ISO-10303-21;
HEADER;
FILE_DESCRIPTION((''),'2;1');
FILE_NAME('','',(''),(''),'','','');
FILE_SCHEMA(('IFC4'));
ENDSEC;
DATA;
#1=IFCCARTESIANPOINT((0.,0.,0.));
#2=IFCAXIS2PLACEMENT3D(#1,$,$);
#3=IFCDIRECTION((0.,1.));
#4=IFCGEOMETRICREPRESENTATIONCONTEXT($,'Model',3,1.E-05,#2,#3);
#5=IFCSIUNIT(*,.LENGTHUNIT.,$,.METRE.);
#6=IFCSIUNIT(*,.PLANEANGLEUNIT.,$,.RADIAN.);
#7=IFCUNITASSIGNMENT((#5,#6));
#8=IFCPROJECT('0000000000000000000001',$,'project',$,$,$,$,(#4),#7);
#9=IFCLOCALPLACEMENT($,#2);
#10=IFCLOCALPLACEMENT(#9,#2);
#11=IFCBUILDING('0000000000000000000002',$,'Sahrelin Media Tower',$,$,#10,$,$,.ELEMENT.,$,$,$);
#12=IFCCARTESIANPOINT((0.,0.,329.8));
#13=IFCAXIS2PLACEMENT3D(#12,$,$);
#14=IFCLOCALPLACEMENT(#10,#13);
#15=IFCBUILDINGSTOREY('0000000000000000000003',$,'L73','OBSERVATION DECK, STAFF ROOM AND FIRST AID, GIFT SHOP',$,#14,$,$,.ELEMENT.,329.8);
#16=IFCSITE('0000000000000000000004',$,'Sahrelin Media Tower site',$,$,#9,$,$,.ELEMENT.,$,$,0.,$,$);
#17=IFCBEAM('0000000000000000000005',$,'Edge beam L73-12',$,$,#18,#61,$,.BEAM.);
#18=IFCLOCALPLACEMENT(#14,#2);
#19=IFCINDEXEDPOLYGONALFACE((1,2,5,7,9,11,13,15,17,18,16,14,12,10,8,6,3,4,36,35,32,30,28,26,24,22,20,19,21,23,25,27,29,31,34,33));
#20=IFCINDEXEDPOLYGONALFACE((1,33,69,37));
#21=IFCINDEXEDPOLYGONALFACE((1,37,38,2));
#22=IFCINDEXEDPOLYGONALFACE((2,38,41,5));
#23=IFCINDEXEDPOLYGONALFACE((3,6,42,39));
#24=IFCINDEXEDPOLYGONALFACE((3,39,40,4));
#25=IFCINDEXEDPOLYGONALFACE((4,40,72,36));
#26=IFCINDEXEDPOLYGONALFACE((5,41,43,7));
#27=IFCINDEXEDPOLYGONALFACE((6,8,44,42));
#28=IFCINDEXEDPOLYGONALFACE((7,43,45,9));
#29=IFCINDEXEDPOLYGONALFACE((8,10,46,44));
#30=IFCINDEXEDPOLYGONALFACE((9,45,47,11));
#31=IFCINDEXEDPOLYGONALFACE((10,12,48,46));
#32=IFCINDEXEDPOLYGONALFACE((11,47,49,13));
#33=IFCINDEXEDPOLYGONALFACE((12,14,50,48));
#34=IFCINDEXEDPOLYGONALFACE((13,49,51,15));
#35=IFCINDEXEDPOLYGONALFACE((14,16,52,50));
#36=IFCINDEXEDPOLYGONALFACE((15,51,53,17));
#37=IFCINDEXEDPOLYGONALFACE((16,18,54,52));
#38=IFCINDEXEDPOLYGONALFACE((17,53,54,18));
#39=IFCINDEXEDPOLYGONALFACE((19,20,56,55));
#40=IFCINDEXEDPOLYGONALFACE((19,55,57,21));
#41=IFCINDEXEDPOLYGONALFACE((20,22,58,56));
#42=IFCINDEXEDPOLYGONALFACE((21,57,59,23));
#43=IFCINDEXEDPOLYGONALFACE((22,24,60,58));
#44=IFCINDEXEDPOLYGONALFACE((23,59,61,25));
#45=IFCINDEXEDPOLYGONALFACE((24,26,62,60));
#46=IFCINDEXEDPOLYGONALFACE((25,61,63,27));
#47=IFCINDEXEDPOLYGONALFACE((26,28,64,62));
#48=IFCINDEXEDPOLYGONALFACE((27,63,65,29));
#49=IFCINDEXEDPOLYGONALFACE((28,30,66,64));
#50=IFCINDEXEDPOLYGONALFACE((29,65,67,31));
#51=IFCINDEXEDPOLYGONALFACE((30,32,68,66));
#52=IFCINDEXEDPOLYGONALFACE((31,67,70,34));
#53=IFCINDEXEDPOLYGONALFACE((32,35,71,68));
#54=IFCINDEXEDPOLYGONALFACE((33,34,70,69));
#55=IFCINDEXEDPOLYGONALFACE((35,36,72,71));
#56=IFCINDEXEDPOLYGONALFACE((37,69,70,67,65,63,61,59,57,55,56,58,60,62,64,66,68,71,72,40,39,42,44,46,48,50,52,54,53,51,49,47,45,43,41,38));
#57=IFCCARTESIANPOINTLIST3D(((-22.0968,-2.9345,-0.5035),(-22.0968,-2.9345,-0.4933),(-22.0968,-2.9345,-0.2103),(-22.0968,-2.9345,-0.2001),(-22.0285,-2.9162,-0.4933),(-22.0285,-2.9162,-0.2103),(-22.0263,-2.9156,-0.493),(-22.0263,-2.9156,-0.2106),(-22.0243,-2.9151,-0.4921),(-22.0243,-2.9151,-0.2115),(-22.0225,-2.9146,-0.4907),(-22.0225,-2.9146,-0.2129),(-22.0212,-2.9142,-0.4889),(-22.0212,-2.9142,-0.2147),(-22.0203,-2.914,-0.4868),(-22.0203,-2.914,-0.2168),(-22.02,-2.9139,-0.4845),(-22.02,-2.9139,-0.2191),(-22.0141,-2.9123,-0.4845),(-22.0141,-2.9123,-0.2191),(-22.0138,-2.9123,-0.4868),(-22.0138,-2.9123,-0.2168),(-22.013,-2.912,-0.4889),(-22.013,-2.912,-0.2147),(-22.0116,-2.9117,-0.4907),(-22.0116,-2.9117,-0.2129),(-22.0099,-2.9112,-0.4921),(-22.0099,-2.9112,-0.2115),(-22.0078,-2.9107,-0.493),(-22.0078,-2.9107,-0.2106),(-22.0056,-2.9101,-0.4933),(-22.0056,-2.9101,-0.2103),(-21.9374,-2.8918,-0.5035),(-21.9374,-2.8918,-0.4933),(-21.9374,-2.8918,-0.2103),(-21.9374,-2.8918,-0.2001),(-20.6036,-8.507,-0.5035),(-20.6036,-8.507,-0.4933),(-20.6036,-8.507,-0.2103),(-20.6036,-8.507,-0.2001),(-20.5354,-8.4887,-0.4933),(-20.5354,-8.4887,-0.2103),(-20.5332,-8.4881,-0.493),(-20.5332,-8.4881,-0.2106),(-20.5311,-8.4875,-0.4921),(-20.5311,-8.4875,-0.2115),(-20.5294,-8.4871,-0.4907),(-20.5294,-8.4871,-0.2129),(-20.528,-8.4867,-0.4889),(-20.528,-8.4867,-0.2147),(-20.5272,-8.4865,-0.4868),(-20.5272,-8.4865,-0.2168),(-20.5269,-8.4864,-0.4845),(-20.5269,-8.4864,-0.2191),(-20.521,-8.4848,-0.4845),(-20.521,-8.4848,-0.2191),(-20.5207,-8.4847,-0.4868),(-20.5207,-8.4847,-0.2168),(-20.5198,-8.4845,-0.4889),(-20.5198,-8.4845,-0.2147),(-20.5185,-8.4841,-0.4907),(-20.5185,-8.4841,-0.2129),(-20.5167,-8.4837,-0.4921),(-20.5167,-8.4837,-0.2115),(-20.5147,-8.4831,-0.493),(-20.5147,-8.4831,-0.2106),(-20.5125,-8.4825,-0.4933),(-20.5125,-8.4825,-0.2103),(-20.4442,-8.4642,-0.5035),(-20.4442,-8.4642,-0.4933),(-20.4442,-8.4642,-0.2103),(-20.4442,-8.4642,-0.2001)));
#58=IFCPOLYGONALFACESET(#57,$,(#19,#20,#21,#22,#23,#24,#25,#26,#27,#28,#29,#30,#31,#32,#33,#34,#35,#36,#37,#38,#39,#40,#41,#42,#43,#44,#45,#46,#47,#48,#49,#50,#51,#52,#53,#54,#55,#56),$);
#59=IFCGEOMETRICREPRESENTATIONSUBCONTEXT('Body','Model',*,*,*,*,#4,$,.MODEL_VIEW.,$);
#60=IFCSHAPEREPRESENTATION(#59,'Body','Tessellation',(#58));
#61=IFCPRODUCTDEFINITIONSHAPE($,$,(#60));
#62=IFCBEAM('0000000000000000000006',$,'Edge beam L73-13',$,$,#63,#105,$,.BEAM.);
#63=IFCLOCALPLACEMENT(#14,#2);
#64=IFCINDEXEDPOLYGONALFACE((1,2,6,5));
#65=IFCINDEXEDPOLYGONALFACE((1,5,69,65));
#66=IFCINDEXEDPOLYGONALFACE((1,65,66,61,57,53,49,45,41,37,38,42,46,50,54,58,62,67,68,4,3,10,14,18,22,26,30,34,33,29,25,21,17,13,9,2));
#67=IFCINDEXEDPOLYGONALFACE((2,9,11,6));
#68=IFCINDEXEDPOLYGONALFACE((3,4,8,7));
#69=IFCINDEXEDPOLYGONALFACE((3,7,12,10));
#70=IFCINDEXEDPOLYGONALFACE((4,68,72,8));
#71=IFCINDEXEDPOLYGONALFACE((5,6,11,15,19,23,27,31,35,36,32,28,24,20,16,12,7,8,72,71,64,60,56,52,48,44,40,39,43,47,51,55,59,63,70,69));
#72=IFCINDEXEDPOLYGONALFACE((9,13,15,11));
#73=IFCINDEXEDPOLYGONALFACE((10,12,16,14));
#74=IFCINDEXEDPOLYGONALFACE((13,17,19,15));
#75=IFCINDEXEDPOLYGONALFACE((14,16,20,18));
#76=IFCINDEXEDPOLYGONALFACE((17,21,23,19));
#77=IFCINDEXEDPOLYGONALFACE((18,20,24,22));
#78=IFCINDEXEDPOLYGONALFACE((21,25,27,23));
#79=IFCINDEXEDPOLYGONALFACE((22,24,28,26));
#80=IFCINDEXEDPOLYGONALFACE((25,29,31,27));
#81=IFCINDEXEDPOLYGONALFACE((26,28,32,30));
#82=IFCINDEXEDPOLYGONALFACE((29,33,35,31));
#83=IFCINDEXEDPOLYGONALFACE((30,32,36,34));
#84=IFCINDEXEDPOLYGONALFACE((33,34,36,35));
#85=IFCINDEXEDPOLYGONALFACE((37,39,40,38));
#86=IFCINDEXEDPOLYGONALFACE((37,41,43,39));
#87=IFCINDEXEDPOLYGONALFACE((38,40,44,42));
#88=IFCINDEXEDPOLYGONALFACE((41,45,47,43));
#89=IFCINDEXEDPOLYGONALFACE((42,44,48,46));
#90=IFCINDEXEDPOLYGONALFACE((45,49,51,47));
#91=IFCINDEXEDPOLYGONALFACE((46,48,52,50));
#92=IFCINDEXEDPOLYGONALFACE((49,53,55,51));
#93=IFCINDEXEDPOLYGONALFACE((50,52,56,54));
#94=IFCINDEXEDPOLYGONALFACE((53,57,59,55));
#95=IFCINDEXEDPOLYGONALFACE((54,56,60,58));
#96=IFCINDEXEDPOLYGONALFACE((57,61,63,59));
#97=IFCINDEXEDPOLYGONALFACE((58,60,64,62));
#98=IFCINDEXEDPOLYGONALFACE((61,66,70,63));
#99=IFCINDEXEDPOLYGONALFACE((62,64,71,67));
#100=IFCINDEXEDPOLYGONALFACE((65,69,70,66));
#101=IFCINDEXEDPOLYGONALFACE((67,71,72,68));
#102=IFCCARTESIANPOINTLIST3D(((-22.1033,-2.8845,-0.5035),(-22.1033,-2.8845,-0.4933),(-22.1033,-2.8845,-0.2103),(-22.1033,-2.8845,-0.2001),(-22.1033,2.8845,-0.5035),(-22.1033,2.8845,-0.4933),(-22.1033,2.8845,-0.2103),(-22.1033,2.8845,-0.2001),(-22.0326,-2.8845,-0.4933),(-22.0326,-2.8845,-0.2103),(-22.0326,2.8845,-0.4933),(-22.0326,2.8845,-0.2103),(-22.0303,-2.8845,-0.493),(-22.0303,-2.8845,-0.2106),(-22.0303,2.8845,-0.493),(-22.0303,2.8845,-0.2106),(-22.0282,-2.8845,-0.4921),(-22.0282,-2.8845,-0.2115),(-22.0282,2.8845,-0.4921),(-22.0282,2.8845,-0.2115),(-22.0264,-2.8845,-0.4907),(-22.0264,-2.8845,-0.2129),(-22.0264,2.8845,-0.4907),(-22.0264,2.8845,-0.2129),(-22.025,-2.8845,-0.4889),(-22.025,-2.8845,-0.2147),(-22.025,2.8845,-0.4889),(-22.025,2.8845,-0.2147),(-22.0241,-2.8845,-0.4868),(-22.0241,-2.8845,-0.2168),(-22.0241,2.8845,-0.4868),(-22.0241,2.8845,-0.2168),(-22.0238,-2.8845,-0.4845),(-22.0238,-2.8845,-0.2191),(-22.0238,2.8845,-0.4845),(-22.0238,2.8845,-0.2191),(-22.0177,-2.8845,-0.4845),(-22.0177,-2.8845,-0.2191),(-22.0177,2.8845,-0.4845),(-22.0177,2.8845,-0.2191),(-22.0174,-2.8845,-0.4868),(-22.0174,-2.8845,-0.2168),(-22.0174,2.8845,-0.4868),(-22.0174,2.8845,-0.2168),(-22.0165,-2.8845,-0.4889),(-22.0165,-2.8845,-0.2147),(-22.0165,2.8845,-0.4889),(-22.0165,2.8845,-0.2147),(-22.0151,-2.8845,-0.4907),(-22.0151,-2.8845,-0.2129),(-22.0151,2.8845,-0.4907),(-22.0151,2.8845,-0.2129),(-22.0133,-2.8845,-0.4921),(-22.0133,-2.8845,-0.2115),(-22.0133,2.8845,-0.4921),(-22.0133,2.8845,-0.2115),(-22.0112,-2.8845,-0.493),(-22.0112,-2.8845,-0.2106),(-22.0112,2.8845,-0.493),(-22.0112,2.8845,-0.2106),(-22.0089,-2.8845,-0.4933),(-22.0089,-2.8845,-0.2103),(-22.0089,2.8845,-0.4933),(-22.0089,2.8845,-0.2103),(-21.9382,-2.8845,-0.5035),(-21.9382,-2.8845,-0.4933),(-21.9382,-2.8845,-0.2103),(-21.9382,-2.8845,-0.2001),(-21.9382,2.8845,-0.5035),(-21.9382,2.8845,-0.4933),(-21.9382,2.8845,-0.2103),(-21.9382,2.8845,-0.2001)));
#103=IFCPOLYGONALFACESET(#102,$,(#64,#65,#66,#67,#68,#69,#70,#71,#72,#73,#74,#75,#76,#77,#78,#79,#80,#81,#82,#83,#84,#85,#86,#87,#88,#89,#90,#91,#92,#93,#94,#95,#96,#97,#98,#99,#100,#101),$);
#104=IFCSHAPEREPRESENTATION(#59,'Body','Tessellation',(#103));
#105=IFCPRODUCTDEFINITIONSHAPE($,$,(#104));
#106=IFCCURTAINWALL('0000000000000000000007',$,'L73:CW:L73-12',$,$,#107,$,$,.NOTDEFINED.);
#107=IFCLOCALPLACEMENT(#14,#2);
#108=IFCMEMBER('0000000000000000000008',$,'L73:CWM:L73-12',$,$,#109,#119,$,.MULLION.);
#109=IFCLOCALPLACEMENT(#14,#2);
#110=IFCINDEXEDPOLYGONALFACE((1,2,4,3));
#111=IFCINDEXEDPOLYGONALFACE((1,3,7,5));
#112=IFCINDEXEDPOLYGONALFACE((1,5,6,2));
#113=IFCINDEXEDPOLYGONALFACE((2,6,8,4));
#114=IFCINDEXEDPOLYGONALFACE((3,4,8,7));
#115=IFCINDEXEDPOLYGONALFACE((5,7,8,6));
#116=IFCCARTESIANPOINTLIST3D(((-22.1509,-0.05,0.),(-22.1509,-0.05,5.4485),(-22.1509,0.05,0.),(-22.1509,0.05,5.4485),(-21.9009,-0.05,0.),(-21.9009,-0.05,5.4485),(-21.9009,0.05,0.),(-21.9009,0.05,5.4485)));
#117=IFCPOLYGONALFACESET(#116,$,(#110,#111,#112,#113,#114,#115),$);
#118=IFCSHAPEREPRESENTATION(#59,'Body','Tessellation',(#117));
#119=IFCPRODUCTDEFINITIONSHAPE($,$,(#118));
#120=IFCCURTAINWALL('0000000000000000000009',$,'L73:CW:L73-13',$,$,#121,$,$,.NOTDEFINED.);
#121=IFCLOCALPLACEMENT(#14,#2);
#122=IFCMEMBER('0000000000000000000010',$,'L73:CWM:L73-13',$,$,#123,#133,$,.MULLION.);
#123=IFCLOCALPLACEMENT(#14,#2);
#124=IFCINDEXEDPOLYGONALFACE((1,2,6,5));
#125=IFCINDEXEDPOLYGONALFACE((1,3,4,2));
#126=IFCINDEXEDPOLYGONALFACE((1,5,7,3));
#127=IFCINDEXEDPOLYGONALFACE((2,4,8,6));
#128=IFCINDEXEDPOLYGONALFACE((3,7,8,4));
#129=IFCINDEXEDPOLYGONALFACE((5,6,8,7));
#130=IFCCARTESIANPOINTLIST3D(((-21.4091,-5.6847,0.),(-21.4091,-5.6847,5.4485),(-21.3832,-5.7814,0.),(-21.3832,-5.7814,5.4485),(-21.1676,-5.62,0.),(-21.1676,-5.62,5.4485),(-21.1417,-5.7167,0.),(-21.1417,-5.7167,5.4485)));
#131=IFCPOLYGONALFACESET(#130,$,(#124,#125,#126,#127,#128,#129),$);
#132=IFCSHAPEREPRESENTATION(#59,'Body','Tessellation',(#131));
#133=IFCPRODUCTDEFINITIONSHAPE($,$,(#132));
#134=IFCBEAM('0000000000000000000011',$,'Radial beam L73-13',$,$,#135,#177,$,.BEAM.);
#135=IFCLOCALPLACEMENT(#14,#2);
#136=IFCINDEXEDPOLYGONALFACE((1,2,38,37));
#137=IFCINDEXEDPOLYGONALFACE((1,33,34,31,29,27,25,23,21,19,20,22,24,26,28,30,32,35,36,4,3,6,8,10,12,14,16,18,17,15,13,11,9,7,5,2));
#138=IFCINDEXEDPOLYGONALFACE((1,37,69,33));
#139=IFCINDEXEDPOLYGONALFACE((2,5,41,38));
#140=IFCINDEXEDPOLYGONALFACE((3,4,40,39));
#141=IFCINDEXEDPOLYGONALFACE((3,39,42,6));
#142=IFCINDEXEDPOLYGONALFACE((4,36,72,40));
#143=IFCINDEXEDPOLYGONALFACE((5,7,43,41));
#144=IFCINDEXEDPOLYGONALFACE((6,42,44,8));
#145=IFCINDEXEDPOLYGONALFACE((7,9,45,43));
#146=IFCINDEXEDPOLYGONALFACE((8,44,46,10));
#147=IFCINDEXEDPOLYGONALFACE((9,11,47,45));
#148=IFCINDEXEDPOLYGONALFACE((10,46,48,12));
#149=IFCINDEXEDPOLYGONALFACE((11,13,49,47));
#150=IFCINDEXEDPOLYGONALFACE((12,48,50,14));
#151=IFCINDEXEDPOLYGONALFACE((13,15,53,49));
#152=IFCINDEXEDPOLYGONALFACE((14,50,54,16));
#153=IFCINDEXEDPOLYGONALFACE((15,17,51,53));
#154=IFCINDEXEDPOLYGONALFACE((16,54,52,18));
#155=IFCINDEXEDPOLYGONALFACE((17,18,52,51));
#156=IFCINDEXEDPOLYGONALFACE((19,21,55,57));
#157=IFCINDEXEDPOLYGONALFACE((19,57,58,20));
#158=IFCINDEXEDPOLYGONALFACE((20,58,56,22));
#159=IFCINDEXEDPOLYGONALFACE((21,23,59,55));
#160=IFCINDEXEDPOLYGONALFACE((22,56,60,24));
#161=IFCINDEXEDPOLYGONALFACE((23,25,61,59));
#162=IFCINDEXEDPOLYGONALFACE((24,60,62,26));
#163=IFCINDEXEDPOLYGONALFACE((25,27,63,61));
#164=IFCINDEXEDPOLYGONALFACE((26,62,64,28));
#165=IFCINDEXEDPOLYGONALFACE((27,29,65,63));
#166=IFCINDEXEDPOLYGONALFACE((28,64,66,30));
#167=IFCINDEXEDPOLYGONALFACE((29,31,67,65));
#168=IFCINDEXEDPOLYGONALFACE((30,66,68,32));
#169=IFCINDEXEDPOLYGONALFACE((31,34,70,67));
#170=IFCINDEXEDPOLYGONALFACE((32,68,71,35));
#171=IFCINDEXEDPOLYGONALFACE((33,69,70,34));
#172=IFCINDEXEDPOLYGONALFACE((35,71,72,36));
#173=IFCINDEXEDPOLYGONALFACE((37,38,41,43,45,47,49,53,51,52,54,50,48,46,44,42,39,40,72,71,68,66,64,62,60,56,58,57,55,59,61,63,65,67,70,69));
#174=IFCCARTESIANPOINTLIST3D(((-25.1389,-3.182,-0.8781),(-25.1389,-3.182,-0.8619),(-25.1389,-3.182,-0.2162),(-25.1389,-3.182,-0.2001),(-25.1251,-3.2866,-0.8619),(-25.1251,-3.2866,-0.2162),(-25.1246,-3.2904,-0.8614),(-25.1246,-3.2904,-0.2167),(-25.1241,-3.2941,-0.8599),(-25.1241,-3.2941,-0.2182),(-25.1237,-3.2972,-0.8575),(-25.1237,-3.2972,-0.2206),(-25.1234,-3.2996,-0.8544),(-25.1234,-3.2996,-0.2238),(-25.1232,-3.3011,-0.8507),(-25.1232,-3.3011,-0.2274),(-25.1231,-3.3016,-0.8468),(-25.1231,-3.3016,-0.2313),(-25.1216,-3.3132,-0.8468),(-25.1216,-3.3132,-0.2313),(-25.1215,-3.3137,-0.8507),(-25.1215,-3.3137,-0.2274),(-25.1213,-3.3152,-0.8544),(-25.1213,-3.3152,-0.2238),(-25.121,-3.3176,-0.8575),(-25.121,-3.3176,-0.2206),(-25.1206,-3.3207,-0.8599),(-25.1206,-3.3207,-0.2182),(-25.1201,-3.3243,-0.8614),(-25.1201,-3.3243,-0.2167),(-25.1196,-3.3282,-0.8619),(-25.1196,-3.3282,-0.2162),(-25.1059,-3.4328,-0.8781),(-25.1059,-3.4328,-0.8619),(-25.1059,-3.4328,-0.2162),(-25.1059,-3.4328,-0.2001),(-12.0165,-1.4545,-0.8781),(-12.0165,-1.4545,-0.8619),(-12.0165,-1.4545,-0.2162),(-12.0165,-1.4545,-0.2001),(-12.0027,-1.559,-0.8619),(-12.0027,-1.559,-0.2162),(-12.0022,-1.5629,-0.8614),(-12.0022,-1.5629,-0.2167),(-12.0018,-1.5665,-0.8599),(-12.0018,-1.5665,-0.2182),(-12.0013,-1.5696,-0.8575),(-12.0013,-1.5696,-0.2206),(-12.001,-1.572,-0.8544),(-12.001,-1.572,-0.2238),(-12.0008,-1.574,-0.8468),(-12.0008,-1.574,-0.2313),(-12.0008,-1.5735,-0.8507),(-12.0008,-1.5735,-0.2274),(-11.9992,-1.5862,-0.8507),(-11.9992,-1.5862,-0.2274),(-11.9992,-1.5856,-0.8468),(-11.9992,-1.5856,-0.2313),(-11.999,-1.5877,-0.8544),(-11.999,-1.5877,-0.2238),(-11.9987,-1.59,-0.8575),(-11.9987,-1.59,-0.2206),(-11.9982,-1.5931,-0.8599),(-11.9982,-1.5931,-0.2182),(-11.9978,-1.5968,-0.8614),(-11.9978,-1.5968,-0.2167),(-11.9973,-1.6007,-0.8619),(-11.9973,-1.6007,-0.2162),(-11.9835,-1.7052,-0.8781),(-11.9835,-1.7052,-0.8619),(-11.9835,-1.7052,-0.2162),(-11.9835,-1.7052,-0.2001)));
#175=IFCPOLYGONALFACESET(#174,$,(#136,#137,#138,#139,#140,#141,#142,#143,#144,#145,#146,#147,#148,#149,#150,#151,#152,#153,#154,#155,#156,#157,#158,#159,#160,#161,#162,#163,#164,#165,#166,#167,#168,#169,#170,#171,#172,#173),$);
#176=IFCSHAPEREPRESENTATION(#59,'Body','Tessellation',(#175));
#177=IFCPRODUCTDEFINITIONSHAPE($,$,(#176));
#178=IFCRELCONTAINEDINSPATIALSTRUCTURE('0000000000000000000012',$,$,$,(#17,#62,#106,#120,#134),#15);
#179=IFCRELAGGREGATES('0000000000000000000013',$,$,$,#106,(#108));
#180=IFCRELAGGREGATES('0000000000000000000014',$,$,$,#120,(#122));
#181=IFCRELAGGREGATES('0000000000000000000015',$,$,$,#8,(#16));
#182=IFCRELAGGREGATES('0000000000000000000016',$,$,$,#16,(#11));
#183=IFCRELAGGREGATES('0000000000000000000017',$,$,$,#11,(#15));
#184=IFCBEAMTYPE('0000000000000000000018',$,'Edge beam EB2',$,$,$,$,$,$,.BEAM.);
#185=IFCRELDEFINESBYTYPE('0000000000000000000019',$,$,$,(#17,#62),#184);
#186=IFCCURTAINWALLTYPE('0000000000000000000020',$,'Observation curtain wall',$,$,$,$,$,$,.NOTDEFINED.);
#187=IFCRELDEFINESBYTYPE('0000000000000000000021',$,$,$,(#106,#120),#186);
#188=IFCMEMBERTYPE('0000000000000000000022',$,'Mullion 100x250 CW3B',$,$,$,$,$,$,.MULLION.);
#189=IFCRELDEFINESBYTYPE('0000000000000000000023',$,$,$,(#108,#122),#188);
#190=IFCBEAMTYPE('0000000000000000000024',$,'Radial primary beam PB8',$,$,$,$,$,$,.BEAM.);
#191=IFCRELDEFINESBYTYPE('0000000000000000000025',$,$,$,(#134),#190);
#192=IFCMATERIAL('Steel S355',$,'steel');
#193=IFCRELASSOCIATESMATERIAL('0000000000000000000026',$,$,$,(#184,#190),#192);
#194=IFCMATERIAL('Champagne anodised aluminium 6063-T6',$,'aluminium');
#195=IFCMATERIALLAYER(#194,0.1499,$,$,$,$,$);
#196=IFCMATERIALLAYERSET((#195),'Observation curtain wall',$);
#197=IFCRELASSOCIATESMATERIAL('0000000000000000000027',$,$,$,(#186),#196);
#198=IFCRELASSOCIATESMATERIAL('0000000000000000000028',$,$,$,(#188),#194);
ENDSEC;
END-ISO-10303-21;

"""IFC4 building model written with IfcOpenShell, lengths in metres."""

from ifc_helpers import new_model, si_unit, direction, frame, origin, origin_2d, place, context, subcontext, project, spatial, rectangle, i_section, extrude, material, layer, layer_set, material_profile, profile_set, type_object, element, aggregate, save


model = new_model("IFC4")

# Units and contexts
model_context = context("Model", 3, precision=1e-05, world=origin(), true_north=direction((0.0, 1.0)))
body_context = subcontext(model_context, "Body", "Model", "MODEL_VIEW")
ifc_project = project(units=[si_unit("LENGTHUNIT", "METRE"), si_unit("PLANEANGLEUNIT", "RADIAN")], contexts=[model_context])

# Site, building, storey
site_placement = place(None, origin())
site = spatial("IfcSite", under=ifc_project, at=site_placement, Name="Sahrelin Media Tower site", CompositionType="ELEMENT", RefElevation=0.0)
building_placement = place(site_placement, origin())
building = spatial("IfcBuilding", under=site, at=building_placement, Name="Sahrelin Media Tower", CompositionType="ELEMENT")
storey_placement = place(building_placement, frame((0.0, 0.0, 329.8)))
storey = spatial("IfcBuildingStorey", under=building, at=storey_placement, Name="L73", Description="OBSERVATION DECK, STAFF ROOM AND FIRST AID, GIFT SHOP", CompositionType="ELEMENT", Elevation=329.8)

# Beams
ifc_material_1 = material(Name="Steel S355", Category="steel")
ifc_material_profile_1 = material_profile(ifc_material_1, i_section(OverallWidth=0.165, OverallDepth=0.3035, WebThickness=0.0061, FlangeThickness=0.0103, FilletRadius=0.0088, at=origin_2d()), Name="UB 305x165x40")
ifc_profile_set_1 = profile_set([ifc_material_profile_1], Name="Steel S355")
beam_type_1 = type_object("IfcBeamType", Name="Edge beam EB2", PredefinedType="BEAM", material=ifc_profile_set_1)
for number, where, z_axis, x_axis, name in (
    (1, (-20.5239, -8.4856, -0.3518), (-0.258821, 0.965925, 0.0), (-0.965925, -0.258821, 0.0), "Edge beam L73-12"),
    (2, (-22.0208, -2.8845, -0.3518), (0.0, 1.0, 0.0), (-1.0, 0.0, 0.0), "Edge beam L73-13"),
):
    element("IfcBeam", number, at=place(storey_placement, frame(where, z_axis=z_axis, x_axis=x_axis)), inside=storey, type_object=beam_type_1, Name=name, PredefinedType="BEAM", context=body_context, shape_type="SweptSolid", body=[
        extrude(i_section(OverallWidth=0.165, OverallDepth=0.3035, WebThickness=0.0061, FlangeThickness=0.0103, FilletRadius=0.0088, at=origin_2d()), origin(), (0.0, 0.0, 1.0), 5.769),
    ])

# Curtain walls, members
ifc_material_2 = material(Name="Champagne anodised aluminium 6063-T6", Category="aluminium")
ifc_layer_1 = layer(ifc_material_2, 0.1499)
ifc_layer_set_1 = layer_set([ifc_layer_1], Name="Observation curtain wall")
curtain_wall_type = type_object("IfcCurtainWallType", Name="Observation curtain wall", PredefinedType="NOTDEFINED", material=ifc_layer_set_1)
curtain_wall_1_placement = place(storey_placement, frame((-22.1709, 0.0, 0.0), z_axis=(0.0, 0.0, 1.0), x_axis=(1.0, 0.0, 0.0)))
curtain_wall_1 = element("IfcCurtainWall", 3, at=curtain_wall_1_placement, inside=storey, type_object=curtain_wall_type, Name="L73:CW:L73-12", PredefinedType="NOTDEFINED")
ifc_material_profile_2 = material_profile(ifc_material_2, rectangle(XDim=0.1001, YDim=0.25, at=origin_2d()), Name="Mullion 100x250")
ifc_profile_set_2 = profile_set([ifc_material_profile_2], Name="Champagne anodised aluminium 6063-T6")
member_type_1 = type_object("IfcMemberType", Name="Mullion 100x250 CW3B", PredefinedType="MULLION", material=ifc_profile_set_2)
member_1_placement = place(storey_placement, frame((-22.0259, 0.0, 0.0), z_axis=(0.0, 0.0, 1.0), x_axis=(0.0, -1.0, 0.0)))
member_1 = element("IfcMember", 4, at=member_1_placement, type_object=member_type_1, Name="L73:CWM:L73-12", PredefinedType="MULLION", context=body_context, shape_type="SweptSolid", body=[
    extrude(rectangle(XDim=0.1001, YDim=0.25, at=origin_2d()), origin(), (0.0, 0.0, 1.0), 5.4485),
])
aggregate(curtain_wall_1, [member_1])
curtain_wall_2_placement = place(storey_placement, frame((-21.4153, -5.7383, 0.0), z_axis=(0.0, 0.0, 1.0), x_axis=(1.0, 0.0, 0.0)))
curtain_wall_2 = element("IfcCurtainWall", 5, at=curtain_wall_2_placement, inside=storey, type_object=curtain_wall_type, Name="L73:CW:L73-13", PredefinedType="NOTDEFINED")
member_2_placement = place(storey_placement, frame((-21.2754, -5.7007, 0.0), z_axis=(0.0, 0.0, 1.0), x_axis=(0.258817, -0.965926, 0.0)))
member_2 = element("IfcMember", 6, at=member_2_placement, type_object=member_type_1, Name="L73:CWM:L73-13", PredefinedType="MULLION", context=body_context, shape_type="SweptSolid", body=[
    extrude(rectangle(XDim=0.1001, YDim=0.25, at=origin_2d()), origin(), (0.0, 0.0, 1.0), 5.4485),
])

# Beam
ifc_material_profile_3 = material_profile(ifc_material_1, i_section(OverallWidth=0.2529, OverallDepth=0.678, WebThickness=0.0117, FlangeThickness=0.0161, FilletRadius=0.0151, at=origin_2d()), Name="UB 686x254x125")
ifc_profile_set_3 = profile_set([ifc_material_profile_3], Name="Steel S355")
beam_type_2 = type_object("IfcBeamType", Name="Radial primary beam PB8", PredefinedType="BEAM", material=ifc_profile_set_3)
beam_1_placement = place(storey_placement, frame((-12.0, -1.5798, -0.5391), z_axis=(-0.991445, -0.130523, 0.0), x_axis=(0.130523, -0.991445, 0.0)))
element("IfcBeam", 7, at=beam_1_placement, inside=storey, type_object=beam_type_2, Name="Radial beam L73-13", PredefinedType="BEAM", context=body_context, shape_type="SweptSolid", body=[
    extrude(i_section(OverallWidth=0.2529, OverallDepth=0.678, WebThickness=0.0117, FlangeThickness=0.0161, FilletRadius=0.0151, at=origin_2d()), origin(), (0.0, 0.0, 1.0), 13.2356),
])

aggregate(curtain_wall_2, [member_2])

save(model, "model.ifc")
